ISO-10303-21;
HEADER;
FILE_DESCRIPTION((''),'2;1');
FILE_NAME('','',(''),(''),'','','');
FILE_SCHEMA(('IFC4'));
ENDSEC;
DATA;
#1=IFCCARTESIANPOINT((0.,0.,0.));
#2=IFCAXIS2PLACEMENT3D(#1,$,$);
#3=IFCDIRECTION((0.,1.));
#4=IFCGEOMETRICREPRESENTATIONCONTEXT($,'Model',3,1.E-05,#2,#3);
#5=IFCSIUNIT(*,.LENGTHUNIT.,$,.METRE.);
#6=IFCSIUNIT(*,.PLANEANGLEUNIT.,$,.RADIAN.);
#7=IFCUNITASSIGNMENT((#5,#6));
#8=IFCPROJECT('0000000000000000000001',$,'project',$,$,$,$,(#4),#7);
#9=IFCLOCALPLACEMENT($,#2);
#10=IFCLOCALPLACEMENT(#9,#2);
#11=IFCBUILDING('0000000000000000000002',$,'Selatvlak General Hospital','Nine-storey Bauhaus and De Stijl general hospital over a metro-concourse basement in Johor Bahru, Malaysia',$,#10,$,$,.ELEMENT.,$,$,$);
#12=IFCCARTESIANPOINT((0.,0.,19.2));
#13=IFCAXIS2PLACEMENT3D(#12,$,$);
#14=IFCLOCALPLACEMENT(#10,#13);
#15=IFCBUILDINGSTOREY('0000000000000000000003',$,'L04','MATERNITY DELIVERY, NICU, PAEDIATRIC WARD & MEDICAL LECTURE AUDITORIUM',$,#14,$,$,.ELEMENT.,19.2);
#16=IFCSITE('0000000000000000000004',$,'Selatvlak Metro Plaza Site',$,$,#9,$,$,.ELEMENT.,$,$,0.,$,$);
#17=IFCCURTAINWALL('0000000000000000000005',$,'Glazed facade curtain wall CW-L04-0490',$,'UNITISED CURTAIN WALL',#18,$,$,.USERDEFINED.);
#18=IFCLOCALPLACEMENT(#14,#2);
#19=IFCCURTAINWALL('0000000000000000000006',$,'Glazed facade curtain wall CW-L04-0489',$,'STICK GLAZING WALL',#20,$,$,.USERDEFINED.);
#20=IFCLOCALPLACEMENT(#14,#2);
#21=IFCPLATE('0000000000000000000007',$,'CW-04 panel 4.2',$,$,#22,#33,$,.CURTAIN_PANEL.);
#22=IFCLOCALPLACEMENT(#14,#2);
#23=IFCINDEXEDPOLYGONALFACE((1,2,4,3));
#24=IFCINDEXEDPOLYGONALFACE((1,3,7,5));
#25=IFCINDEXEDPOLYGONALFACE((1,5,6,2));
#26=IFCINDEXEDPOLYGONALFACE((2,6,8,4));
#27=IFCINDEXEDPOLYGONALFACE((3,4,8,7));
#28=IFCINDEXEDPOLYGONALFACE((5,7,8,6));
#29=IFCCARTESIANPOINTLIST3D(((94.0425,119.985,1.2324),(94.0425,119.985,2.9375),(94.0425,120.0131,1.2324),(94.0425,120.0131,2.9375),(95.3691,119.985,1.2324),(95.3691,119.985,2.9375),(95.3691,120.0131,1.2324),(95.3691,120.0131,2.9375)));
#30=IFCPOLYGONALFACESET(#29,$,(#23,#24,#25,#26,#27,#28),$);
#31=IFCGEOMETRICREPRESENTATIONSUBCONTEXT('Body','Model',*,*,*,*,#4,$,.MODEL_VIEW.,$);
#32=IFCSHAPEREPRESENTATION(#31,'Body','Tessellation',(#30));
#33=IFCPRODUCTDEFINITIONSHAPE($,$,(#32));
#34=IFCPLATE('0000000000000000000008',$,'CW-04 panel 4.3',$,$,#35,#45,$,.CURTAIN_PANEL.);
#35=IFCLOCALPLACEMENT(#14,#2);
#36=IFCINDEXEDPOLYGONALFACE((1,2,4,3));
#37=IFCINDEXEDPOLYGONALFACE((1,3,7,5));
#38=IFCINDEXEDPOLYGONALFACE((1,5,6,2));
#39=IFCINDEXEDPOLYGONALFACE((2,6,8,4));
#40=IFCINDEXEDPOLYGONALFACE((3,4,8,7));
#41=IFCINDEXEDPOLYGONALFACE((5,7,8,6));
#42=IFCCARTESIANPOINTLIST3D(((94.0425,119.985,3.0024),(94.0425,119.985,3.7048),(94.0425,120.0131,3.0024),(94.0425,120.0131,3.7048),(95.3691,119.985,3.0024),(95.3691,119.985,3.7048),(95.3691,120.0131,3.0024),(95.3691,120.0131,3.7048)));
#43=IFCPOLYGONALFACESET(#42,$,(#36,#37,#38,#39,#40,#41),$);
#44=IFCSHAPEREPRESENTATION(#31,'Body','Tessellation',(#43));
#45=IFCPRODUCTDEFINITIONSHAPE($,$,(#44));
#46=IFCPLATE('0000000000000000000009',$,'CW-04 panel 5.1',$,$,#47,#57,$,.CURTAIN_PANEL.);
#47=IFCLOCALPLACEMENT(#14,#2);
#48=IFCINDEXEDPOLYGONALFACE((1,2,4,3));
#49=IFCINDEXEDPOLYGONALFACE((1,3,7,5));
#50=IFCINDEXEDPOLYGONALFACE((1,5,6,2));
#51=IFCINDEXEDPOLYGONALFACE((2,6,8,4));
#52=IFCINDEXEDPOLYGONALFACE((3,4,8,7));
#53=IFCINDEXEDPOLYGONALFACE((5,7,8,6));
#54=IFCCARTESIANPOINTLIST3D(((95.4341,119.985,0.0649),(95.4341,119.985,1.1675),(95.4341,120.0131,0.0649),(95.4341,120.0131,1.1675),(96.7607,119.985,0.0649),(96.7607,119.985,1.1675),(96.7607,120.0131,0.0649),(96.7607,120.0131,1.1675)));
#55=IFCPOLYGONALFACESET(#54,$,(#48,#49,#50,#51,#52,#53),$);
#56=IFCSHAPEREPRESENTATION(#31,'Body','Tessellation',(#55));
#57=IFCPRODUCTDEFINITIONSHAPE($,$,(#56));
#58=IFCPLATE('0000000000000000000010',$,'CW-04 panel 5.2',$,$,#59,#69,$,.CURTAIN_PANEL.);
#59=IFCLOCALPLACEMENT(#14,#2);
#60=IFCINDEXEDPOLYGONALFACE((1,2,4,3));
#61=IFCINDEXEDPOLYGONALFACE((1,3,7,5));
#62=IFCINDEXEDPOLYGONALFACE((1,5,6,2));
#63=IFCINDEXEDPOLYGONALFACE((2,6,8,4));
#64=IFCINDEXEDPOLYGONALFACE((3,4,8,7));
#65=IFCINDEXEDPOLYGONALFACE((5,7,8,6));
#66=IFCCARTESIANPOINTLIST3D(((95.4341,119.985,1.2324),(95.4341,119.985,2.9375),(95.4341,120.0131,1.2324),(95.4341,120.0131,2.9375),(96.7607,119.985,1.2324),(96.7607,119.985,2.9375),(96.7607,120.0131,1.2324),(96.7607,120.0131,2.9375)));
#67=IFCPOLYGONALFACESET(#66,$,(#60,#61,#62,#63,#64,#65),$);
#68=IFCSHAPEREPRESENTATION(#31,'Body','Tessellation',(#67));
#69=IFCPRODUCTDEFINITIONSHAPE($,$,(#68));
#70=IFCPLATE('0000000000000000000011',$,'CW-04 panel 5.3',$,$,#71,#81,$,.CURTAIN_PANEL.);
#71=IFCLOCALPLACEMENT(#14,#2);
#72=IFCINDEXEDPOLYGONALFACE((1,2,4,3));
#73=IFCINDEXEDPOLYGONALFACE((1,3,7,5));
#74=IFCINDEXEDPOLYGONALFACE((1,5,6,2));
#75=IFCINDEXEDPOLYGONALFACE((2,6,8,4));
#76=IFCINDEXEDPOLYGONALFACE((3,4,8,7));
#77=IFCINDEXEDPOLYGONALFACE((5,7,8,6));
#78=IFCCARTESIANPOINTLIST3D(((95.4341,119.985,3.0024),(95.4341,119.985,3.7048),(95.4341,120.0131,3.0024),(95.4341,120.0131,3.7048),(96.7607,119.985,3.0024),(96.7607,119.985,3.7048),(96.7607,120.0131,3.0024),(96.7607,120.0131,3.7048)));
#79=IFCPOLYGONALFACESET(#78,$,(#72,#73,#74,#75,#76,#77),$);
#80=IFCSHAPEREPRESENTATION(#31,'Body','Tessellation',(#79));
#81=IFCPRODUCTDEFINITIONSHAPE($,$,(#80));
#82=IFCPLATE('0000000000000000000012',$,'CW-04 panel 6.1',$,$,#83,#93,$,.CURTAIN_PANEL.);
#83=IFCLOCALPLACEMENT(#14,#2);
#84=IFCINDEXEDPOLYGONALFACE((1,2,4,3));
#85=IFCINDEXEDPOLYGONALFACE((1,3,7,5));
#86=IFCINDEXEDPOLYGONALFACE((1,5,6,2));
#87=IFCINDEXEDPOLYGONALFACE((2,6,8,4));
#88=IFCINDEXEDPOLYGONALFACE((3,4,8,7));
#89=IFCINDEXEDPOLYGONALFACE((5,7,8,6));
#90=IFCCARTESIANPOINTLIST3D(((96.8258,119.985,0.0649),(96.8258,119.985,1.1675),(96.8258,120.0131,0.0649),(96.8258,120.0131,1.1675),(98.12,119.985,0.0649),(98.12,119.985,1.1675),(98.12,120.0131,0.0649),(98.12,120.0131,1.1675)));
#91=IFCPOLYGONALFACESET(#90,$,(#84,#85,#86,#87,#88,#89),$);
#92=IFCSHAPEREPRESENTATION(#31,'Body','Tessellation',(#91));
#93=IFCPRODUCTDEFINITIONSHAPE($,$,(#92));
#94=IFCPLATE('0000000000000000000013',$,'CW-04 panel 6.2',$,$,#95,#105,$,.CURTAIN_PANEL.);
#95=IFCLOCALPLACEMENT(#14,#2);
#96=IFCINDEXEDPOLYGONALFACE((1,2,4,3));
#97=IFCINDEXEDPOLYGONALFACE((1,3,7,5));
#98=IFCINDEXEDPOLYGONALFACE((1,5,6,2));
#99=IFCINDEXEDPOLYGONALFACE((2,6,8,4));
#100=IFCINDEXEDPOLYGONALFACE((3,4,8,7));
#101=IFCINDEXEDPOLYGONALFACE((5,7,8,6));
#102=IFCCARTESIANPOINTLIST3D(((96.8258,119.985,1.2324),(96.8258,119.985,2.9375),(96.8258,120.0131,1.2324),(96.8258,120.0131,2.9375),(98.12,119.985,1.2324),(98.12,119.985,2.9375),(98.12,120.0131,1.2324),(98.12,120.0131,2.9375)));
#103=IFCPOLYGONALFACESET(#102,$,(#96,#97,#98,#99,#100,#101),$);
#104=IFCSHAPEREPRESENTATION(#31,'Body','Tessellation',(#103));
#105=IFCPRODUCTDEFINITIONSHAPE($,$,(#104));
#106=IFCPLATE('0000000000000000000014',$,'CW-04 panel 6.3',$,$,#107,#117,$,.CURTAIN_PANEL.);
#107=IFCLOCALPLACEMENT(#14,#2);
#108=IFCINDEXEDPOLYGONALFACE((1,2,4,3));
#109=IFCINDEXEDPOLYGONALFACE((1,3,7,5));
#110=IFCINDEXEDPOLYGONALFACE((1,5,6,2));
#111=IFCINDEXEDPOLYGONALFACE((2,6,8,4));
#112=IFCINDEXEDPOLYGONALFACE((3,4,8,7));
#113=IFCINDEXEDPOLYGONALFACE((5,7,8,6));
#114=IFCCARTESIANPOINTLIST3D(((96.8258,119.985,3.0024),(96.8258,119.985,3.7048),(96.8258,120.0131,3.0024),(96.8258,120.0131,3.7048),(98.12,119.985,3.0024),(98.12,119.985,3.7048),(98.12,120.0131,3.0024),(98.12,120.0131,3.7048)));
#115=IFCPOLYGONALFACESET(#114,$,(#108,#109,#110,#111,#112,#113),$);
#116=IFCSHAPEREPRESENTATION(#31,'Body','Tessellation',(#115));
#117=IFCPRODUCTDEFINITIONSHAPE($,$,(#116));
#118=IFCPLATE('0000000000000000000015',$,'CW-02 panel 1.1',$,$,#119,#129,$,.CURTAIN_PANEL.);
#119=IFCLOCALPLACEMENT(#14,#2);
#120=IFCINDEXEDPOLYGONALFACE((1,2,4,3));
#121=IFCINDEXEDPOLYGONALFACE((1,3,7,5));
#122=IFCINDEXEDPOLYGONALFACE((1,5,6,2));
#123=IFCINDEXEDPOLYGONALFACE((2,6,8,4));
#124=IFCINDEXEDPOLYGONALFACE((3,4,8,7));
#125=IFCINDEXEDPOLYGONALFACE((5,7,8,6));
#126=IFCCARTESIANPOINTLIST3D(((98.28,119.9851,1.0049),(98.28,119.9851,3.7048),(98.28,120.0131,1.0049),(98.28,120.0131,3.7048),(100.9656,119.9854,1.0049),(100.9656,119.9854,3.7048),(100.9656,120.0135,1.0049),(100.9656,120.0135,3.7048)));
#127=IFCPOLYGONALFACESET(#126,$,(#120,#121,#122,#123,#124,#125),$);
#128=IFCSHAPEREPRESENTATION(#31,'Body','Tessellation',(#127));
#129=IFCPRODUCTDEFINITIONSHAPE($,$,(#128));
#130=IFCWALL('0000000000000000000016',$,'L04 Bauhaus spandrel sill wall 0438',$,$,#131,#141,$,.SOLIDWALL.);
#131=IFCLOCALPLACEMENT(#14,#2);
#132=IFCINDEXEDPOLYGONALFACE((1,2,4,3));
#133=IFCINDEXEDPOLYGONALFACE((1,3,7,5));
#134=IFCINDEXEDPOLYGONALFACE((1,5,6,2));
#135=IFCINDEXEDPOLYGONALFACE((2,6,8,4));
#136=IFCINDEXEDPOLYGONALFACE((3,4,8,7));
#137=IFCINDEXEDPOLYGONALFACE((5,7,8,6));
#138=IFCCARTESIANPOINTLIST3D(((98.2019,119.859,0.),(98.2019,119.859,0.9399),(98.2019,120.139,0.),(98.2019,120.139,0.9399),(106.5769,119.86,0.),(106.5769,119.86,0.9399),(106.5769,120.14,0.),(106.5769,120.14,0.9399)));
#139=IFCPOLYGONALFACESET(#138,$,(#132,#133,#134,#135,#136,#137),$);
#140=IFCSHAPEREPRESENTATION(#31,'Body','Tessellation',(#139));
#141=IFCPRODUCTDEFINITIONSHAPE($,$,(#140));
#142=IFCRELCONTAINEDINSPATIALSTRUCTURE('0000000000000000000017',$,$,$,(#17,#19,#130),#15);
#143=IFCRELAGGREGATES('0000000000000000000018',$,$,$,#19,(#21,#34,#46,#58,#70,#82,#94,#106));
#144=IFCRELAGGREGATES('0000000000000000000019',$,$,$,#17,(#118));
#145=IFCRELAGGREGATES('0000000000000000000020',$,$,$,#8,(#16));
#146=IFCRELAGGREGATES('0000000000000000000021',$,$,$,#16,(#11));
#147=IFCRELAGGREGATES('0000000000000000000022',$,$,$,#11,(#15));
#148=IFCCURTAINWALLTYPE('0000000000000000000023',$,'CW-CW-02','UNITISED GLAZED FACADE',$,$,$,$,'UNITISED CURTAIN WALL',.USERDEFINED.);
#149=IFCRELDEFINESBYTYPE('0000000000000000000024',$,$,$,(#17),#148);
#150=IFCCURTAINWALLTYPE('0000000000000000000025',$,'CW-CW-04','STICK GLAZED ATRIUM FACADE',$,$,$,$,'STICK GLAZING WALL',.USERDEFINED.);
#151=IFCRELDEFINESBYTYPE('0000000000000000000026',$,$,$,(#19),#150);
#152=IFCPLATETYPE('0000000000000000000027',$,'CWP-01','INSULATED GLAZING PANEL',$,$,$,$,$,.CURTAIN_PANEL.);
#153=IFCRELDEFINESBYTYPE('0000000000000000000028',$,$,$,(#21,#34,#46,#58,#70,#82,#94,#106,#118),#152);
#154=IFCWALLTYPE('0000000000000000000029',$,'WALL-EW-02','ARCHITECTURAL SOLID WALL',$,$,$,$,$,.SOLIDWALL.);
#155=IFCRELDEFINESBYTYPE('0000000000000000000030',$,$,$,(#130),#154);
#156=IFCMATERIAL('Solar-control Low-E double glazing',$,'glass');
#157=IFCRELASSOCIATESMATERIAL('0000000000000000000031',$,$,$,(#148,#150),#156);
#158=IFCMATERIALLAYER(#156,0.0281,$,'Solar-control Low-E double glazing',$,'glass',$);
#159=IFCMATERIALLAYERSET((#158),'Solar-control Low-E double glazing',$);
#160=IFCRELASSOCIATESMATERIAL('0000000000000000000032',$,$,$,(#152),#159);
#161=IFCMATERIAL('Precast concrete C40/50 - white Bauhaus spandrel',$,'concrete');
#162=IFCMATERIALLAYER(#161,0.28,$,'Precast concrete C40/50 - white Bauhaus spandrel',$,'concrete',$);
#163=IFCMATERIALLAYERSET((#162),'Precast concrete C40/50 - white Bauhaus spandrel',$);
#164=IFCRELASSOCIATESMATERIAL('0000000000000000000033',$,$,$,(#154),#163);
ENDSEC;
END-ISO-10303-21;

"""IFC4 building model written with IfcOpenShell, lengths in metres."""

from ifc_helpers import new_model, si_unit, direction, frame, frame_2d, origin, origin_2d, place, context, subcontext, project, spatial, rectangle, extrude, material, layer, layer_set, type_object, element, aggregate, save


model = new_model("IFC4")

# Units and contexts
model_context = context("Model", 3, precision=1e-05, world=origin(), true_north=direction((0.0, 1.0)))
body_context = subcontext(model_context, "Body", "Model", "MODEL_VIEW")
ifc_project = project(units=[si_unit("LENGTHUNIT", "METRE"), si_unit("PLANEANGLEUNIT", "RADIAN")], contexts=[model_context])

# Site, building, storey
site_placement = place(None, origin())
site = spatial("IfcSite", under=ifc_project, at=site_placement, Name="Selatvlak Metro Plaza Site", CompositionType="ELEMENT", RefElevation=0.0)
building_placement = place(site_placement, origin())
building = spatial("IfcBuilding", under=site, at=building_placement, Name="Selatvlak General Hospital", Description="Nine-storey Bauhaus and De Stijl general hospital over a metro-concourse basement in Johor Bahru, Malaysia", CompositionType="ELEMENT")
storey_placement = place(building_placement, frame((0.0, 0.0, 19.2)))
storey = spatial("IfcBuildingStorey", under=building, at=storey_placement, Name="L04", Description="MATERNITY DELIVERY, NICU, PAEDIATRIC WARD & MEDICAL LECTURE AUDITORIUM", CompositionType="ELEMENT", Elevation=19.2)

# Curtain walls
ifc_material_1 = material(Name="Solar-control Low-E double glazing", Category="glass")
curtain_wall_type_1 = type_object("IfcCurtainWallType", Name="CW-CW-02", Description="UNITISED GLAZED FACADE", ElementType="UNITISED CURTAIN WALL", PredefinedType="USERDEFINED", material=ifc_material_1)
curtain_wall_1_placement = place(storey_placement, origin())
curtain_wall_1 = element("IfcCurtainWall", 1, at=curtain_wall_1_placement, inside=storey, type_object=curtain_wall_type_1, Name="Glazed facade curtain wall CW-L04-0490", ObjectType="UNITISED CURTAIN WALL", PredefinedType="USERDEFINED")
curtain_wall_type_2 = type_object("IfcCurtainWallType", Name="CW-CW-04", Description="STICK GLAZED ATRIUM FACADE", ElementType="STICK GLAZING WALL", PredefinedType="USERDEFINED", material=ifc_material_1)
curtain_wall_2_placement = place(storey_placement, origin())
curtain_wall_2 = element("IfcCurtainWall", 2, at=curtain_wall_2_placement, inside=storey, type_object=curtain_wall_type_2, Name="Glazed facade curtain wall CW-L04-0489", ObjectType="STICK GLAZING WALL", PredefinedType="USERDEFINED")

# Plates
ifc_layer_1 = layer(ifc_material_1, 0.0281, Name="Solar-control Low-E double glazing", Category="glass")
ifc_layer_set_1 = layer_set([ifc_layer_1], Name="Solar-control Low-E double glazing")
plate_type = type_object("IfcPlateType", Name="CWP-01", Description="INSULATED GLAZING PANEL", PredefinedType="CURTAIN_PANEL", material=ifc_layer_set_1)
plate_1_placement = place(storey_placement, frame((94.7058, 119.999, 1.2324), z_axis=(0.0, 0.0, 1.0), x_axis=(1.0, 0.0, 0.0)))
plate_1 = element("IfcPlate", 3, at=plate_1_placement, type_object=plate_type, Name="CW-04 panel 4.2", PredefinedType="CURTAIN_PANEL", context=body_context, shape_type="SweptSolid", body=[
    extrude(rectangle(XDim=1.3267, YDim=0.0281, at=origin_2d()), origin(), (0.0, 0.0, 1.0), 1.7051),
])
plate_2_placement = place(storey_placement, frame((94.7058, 119.999, 3.0024), z_axis=(0.0, 0.0, 1.0), x_axis=(1.0, 0.0, 0.0)))
plate_2 = element("IfcPlate", 4, at=plate_2_placement, type_object=plate_type, Name="CW-04 panel 4.3", PredefinedType="CURTAIN_PANEL", context=body_context, shape_type="SweptSolid", body=[
    extrude(rectangle(XDim=1.3267, YDim=0.0281, at=origin_2d()), origin(), (0.0, 0.0, 1.0), 0.7024),
])
plate_3_placement = place(storey_placement, frame((96.0974, 119.999, 0.0649), z_axis=(0.0, 0.0, 1.0), x_axis=(1.0, 0.0, 0.0)))
plate_3 = element("IfcPlate", 5, at=plate_3_placement, type_object=plate_type, Name="CW-04 panel 5.1", PredefinedType="CURTAIN_PANEL", context=body_context, shape_type="SweptSolid", body=[
    extrude(rectangle(XDim=1.3267, YDim=0.0281, at=origin_2d()), origin(), (0.0, 0.0, 1.0), 1.1025),
])
plate_4_placement = place(storey_placement, frame((96.0974, 119.999, 1.2324), z_axis=(0.0, 0.0, 1.0), x_axis=(1.0, 0.0, 0.0)))
plate_4 = element("IfcPlate", 6, at=plate_4_placement, type_object=plate_type, Name="CW-04 panel 5.2", PredefinedType="CURTAIN_PANEL", context=body_context, shape_type="SweptSolid", body=[
    extrude(rectangle(XDim=1.3267, YDim=0.0281, at=origin_2d()), origin(), (0.0, 0.0, 1.0), 1.7051),
])
plate_5_placement = place(storey_placement, frame((96.0974, 119.999, 3.0024), z_axis=(0.0, 0.0, 1.0), x_axis=(1.0, 0.0, 0.0)))
plate_5 = element("IfcPlate", 7, at=plate_5_placement, type_object=plate_type, Name="CW-04 panel 5.3", PredefinedType="CURTAIN_PANEL", context=body_context, shape_type="SweptSolid", body=[
    extrude(rectangle(XDim=1.3267, YDim=0.0281, at=origin_2d()), origin(), (0.0, 0.0, 1.0), 0.7024),
])
plate_6_placement = place(storey_placement, frame((97.4729, 119.999, 0.0649), z_axis=(0.0, 0.0, 1.0), x_axis=(1.0, 0.0, 0.0)))
plate_6 = element("IfcPlate", 8, at=plate_6_placement, type_object=plate_type, Name="CW-04 panel 6.1", PredefinedType="CURTAIN_PANEL", context=body_context, shape_type="SweptSolid", body=[
    extrude(rectangle(XDim=1.2942, YDim=0.0281, at=origin_2d()), origin(), (0.0, 0.0, 1.0), 1.1025),
])
plate_7_placement = place(storey_placement, frame((97.4729, 119.999, 1.2324), z_axis=(0.0, 0.0, 1.0), x_axis=(1.0, 0.0, 0.0)))
plate_7 = element("IfcPlate", 9, at=plate_7_placement, type_object=plate_type, Name="CW-04 panel 6.2", PredefinedType="CURTAIN_PANEL", context=body_context, shape_type="SweptSolid", body=[
    extrude(rectangle(XDim=1.2942, YDim=0.0281, at=origin_2d()), origin(), (0.0, 0.0, 1.0), 1.7051),
])
plate_8_placement = place(storey_placement, frame((97.4729, 119.999, 3.0024), z_axis=(0.0, 0.0, 1.0), x_axis=(1.0, 0.0, 0.0)))
plate_8 = element("IfcPlate", 10, at=plate_8_placement, type_object=plate_type, Name="CW-04 panel 6.3", PredefinedType="CURTAIN_PANEL", context=body_context, shape_type="SweptSolid", body=[
    extrude(rectangle(XDim=1.2942, YDim=0.0281, at=origin_2d()), origin(), (0.0, 0.0, 1.0), 0.7024),
])
aggregate(curtain_wall_2, [plate_1, plate_2, plate_3, plate_4, plate_5, plate_6, plate_7, plate_8])
plate_9_placement = place(storey_placement, frame((99.6228, 119.9993, 1.0049), z_axis=(0.0, 0.0, 1.0), x_axis=(1.0, 0.00012, 0.0)))
plate_9 = element("IfcPlate", 11, at=plate_9_placement, type_object=plate_type, Name="CW-02 panel 1.1", PredefinedType="CURTAIN_PANEL", context=body_context, shape_type="SweptSolid", body=[
    extrude(rectangle(XDim=2.6855, YDim=0.0281, at=origin_2d()), origin(), (0.0, 0.0, 1.0), 2.7),
])
aggregate(curtain_wall_1, [plate_9])

# Wall
ifc_material_2 = material(Name="Precast concrete C40/50 - white Bauhaus spandrel", Category="concrete")
ifc_layer_2 = layer(ifc_material_2, 0.28, Name="Precast concrete C40/50 - white Bauhaus spandrel", Category="concrete")
ifc_layer_set_2 = layer_set([ifc_layer_2], Name="Precast concrete C40/50 - white Bauhaus spandrel")
wall_type = type_object("IfcWallType", Name="WALL-EW-02", Description="ARCHITECTURAL SOLID WALL", PredefinedType="SOLIDWALL", material=ifc_layer_set_2)
wall_placement = place(storey_placement, frame((98.2019, 119.999, 0.0), z_axis=(0.0, 0.0, 1.0), x_axis=(1.0, 0.000117, 0.0)))
element("IfcWall", 12, at=wall_placement, inside=storey, type_object=wall_type, Name="L04 Bauhaus spandrel sill wall 0438", PredefinedType="SOLIDWALL", context=body_context, shape_type="SweptSolid", body=[
    extrude(rectangle(XDim=8.375, YDim=0.28, at=frame_2d((4.1875, 0.0))), origin(), (0.0, 0.0, 1.0), 0.9399),
])

save(model, "model.ifc")
